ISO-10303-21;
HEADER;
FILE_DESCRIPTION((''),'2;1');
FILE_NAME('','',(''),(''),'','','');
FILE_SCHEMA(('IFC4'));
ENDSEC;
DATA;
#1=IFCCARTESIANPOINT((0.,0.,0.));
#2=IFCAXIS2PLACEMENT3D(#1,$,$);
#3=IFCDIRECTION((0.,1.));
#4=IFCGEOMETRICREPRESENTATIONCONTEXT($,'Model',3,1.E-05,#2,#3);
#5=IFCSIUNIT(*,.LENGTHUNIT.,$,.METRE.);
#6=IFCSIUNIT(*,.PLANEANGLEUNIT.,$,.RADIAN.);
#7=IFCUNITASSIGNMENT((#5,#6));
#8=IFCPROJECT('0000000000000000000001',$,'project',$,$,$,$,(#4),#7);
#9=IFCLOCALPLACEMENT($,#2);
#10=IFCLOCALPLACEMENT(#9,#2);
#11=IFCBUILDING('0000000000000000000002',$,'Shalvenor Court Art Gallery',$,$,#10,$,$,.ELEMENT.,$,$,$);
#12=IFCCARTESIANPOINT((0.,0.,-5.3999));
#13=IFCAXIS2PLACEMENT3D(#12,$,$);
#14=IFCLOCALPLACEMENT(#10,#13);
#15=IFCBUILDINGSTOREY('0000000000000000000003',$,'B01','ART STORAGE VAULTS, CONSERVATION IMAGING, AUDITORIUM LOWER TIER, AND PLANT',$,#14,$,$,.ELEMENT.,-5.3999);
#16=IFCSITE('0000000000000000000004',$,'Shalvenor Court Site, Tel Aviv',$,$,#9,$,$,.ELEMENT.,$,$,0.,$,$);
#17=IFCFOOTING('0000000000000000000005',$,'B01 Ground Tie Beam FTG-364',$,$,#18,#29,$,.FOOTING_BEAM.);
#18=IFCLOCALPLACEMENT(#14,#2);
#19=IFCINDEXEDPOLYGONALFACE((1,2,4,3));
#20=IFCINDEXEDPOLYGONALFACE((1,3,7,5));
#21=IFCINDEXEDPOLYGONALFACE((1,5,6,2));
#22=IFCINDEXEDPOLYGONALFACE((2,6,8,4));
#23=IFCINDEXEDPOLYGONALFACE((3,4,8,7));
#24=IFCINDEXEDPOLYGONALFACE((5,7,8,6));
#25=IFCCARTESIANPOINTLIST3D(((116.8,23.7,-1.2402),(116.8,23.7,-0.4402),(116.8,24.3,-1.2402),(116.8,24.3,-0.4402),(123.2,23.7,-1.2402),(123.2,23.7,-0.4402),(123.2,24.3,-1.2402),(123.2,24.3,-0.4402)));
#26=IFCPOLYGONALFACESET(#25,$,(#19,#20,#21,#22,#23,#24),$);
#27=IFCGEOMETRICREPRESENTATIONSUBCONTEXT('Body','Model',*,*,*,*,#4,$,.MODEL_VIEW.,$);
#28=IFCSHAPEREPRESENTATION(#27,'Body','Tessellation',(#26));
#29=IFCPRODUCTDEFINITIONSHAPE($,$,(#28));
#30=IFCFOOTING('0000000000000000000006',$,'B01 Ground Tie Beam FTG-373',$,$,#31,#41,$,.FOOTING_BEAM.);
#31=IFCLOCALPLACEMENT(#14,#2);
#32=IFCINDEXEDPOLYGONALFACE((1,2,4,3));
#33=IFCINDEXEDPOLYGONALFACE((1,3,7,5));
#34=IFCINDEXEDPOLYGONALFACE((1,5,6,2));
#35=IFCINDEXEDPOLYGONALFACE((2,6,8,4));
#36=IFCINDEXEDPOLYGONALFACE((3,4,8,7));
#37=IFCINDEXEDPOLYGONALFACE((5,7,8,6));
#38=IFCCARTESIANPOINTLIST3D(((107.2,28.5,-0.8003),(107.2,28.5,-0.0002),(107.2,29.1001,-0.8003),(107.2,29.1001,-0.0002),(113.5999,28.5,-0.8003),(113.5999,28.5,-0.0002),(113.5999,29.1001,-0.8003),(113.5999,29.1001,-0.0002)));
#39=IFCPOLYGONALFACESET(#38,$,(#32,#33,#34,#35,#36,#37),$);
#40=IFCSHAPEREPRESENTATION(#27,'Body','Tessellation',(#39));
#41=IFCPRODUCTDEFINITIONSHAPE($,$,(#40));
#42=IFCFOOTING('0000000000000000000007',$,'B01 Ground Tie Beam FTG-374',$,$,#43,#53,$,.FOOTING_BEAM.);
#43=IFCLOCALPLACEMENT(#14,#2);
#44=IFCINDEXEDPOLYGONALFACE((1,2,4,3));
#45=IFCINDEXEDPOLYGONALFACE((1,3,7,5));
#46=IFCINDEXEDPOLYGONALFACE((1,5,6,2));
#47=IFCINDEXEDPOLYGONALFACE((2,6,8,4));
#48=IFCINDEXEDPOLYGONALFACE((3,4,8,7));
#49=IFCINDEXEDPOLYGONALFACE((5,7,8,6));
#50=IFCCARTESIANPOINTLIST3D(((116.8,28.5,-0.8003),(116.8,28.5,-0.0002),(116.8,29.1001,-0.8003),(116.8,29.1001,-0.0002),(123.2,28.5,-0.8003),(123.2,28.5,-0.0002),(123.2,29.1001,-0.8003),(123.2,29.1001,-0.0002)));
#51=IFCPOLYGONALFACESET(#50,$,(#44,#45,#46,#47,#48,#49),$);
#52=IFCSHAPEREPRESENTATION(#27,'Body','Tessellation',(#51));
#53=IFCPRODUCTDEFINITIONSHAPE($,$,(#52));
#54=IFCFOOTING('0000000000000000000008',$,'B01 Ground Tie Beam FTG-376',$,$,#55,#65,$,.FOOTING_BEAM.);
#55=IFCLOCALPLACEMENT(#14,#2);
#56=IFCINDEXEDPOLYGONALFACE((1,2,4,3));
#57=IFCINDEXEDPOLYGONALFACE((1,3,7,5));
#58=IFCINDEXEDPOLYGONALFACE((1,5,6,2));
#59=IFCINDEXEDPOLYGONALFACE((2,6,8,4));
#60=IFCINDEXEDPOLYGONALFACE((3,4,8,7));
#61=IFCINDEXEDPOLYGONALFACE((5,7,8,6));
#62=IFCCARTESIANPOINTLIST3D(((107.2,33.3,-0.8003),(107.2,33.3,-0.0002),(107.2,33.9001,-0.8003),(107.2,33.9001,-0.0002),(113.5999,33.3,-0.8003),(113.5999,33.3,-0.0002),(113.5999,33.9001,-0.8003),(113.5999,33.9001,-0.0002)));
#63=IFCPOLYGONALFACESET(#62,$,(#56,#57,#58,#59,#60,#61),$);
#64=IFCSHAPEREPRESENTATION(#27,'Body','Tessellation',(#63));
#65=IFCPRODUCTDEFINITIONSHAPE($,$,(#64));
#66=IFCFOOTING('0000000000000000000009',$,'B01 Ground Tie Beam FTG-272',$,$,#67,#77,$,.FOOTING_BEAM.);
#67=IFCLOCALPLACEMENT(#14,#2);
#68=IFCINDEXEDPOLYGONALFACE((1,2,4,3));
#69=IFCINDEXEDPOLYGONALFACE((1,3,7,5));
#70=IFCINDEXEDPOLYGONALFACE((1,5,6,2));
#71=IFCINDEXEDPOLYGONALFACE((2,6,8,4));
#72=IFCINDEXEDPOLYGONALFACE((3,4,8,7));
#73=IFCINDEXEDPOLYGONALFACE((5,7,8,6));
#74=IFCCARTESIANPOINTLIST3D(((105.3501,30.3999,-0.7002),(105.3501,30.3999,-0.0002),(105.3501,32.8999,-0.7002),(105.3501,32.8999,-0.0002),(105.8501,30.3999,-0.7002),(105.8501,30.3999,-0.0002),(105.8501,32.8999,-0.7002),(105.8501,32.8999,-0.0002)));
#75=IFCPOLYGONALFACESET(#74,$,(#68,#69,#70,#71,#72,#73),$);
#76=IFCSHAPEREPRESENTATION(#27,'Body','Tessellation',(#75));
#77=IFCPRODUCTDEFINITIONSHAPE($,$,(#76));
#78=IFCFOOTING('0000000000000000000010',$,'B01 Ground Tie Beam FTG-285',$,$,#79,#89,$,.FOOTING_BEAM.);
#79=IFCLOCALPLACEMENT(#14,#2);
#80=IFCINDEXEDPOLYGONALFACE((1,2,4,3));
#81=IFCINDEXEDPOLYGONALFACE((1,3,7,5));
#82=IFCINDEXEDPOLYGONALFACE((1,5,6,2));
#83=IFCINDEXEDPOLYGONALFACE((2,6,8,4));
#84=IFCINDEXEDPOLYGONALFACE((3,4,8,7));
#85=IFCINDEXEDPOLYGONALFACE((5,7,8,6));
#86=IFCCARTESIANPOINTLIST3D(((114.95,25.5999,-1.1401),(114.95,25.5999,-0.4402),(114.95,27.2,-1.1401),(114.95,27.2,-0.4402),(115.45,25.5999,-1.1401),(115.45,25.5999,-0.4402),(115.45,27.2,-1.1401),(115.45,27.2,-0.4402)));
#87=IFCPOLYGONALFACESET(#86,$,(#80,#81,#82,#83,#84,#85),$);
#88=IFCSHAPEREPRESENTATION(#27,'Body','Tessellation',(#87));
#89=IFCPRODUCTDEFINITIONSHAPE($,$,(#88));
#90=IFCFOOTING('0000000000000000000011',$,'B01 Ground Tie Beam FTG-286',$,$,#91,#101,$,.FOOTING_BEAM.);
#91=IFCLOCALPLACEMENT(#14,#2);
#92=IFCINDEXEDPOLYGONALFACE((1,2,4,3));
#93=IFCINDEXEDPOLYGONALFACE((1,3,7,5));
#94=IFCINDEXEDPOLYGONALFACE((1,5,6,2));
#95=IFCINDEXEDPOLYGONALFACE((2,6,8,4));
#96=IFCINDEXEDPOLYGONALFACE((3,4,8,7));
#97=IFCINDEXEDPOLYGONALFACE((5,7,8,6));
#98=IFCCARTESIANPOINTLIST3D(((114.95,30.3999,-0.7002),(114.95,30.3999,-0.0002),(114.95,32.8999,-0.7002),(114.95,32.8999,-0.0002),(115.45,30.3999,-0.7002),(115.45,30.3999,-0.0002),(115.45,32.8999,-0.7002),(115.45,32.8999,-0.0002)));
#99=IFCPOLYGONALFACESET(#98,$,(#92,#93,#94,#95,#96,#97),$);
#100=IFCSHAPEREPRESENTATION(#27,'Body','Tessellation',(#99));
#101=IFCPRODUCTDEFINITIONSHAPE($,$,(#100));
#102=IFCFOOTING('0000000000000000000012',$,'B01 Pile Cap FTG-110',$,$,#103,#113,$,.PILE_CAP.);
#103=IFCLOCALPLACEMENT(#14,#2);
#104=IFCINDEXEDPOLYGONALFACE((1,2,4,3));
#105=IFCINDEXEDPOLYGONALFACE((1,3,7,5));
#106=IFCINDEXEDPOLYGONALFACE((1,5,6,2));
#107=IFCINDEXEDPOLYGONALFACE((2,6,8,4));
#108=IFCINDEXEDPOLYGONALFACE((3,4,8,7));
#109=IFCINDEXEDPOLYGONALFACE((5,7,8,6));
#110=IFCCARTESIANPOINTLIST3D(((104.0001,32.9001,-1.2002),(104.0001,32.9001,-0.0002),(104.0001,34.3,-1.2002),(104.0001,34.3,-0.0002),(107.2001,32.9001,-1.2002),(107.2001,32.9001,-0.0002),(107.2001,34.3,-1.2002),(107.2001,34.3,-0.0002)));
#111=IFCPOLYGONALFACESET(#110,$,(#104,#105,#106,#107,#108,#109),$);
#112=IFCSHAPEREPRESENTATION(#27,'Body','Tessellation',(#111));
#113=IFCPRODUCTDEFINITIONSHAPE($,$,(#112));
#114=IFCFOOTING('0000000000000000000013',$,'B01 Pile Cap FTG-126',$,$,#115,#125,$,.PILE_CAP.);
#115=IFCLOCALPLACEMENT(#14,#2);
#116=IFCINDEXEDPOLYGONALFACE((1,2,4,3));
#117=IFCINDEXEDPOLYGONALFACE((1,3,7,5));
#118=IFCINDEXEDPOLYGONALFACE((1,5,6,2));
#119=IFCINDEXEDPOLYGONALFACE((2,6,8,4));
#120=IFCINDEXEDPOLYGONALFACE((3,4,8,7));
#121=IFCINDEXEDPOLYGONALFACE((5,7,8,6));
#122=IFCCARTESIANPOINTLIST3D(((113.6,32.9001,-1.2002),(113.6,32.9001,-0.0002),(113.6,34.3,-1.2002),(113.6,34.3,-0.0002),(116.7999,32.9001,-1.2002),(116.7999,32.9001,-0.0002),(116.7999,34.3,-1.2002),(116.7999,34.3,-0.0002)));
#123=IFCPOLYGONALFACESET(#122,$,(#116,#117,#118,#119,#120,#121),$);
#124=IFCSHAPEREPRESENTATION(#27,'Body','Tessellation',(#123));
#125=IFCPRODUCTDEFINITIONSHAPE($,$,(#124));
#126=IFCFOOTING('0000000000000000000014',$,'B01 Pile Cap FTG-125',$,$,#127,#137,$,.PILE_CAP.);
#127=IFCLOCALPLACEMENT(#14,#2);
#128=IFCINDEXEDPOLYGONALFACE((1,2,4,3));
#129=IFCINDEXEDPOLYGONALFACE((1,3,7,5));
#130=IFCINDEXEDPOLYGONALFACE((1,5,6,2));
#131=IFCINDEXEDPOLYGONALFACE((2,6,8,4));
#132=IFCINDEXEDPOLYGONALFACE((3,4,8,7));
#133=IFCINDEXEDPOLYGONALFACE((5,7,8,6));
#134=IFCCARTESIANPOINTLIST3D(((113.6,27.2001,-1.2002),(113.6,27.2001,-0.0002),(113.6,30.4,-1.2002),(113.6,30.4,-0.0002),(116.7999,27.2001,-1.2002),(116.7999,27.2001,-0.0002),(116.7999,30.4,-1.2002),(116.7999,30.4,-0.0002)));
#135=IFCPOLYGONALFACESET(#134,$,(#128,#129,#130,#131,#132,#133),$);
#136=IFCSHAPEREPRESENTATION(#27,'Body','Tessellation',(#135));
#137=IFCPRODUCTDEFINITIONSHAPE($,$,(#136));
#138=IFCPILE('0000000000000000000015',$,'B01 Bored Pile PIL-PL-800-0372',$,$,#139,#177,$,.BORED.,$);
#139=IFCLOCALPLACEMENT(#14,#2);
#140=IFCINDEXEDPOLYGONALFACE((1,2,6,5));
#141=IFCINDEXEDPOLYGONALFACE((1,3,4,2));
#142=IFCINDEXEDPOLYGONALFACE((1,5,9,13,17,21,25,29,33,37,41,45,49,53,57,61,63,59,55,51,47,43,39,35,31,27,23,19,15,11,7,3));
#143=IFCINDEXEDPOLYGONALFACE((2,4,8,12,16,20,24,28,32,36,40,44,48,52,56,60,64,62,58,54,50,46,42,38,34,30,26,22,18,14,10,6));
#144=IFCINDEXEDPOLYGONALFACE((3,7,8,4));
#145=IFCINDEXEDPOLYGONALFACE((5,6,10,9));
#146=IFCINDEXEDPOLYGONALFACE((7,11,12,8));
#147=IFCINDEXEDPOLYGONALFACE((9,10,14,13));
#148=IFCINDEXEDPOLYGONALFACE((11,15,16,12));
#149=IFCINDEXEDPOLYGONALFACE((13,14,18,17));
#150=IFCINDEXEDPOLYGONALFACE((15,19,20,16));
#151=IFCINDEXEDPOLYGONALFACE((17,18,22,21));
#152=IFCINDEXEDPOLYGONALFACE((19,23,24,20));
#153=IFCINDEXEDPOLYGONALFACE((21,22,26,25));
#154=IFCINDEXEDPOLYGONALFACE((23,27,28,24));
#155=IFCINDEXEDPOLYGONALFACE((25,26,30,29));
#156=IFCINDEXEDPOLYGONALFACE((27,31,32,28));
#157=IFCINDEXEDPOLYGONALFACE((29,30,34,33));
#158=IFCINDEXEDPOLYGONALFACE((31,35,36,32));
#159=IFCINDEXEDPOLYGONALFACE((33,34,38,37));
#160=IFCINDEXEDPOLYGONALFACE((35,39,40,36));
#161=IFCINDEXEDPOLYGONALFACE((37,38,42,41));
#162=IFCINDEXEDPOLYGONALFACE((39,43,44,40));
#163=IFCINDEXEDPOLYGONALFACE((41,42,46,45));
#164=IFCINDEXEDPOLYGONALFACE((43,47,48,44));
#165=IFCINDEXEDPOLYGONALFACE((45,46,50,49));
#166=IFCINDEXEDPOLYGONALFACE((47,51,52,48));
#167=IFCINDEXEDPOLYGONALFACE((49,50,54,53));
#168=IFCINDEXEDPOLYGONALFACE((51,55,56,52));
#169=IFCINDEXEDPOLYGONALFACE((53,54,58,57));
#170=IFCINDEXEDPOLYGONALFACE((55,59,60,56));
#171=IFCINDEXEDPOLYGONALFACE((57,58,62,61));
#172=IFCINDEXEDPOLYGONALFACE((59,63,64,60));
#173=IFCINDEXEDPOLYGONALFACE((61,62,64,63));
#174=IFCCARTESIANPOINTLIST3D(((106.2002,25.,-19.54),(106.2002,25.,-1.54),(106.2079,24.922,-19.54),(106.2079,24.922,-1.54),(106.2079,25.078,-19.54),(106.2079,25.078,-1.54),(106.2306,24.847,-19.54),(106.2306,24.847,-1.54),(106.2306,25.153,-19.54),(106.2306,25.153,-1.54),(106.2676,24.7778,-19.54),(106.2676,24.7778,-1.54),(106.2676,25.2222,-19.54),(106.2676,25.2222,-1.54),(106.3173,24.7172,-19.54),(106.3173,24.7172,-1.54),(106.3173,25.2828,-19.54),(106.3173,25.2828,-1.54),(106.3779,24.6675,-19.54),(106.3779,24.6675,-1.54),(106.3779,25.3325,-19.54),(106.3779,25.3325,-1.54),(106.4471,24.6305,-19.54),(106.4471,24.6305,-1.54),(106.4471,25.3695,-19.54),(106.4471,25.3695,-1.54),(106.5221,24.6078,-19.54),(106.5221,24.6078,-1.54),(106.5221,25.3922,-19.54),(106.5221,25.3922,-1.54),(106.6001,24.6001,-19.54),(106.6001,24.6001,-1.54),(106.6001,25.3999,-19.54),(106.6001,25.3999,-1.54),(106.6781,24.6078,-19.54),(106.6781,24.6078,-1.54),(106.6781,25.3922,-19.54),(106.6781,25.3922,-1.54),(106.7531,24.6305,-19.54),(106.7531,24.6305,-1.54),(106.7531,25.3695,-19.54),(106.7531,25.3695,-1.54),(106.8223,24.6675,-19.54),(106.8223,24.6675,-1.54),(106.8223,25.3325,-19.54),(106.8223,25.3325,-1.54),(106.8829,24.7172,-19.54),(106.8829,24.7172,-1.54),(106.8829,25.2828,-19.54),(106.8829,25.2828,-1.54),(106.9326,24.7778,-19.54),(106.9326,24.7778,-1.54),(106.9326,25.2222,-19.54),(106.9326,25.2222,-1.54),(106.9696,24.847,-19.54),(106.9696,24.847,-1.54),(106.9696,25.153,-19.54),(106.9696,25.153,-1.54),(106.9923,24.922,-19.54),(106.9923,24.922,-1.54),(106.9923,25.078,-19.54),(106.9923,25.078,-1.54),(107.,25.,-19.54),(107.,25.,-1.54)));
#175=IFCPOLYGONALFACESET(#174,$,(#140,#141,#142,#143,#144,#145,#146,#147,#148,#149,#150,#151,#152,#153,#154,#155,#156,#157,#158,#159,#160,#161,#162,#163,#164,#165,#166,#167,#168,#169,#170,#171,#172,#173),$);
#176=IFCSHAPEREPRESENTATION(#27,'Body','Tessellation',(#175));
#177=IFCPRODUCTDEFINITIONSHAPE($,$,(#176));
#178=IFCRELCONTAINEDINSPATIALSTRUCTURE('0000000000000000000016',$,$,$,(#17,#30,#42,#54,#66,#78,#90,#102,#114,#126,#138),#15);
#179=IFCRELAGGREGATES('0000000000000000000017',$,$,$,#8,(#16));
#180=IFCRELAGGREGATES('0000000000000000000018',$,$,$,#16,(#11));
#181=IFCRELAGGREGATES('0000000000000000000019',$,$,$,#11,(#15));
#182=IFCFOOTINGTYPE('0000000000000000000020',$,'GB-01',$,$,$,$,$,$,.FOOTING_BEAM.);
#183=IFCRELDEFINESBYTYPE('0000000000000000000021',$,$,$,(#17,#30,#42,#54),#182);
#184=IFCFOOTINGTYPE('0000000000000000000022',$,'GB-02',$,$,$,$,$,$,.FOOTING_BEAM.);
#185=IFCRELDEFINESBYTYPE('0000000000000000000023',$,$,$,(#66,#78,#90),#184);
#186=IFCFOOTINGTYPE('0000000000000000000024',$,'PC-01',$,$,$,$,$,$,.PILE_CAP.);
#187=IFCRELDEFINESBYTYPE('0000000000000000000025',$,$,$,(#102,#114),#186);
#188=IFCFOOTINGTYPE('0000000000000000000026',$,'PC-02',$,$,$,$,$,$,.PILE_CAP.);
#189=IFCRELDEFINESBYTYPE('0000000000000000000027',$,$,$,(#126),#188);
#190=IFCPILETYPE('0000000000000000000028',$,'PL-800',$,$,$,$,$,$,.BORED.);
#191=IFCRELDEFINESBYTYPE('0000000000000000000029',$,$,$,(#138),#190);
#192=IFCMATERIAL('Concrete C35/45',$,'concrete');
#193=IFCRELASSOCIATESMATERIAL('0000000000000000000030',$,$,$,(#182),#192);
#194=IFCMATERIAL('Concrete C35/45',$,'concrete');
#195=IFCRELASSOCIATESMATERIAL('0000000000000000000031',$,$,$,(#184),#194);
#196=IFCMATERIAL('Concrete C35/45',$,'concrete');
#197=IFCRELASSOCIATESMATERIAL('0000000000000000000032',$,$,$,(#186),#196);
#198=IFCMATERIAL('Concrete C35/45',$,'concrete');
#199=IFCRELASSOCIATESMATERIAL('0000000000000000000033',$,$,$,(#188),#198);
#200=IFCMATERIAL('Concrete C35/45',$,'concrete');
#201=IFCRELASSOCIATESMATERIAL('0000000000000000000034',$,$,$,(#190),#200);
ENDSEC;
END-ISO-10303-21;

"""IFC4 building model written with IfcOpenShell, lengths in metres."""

from ifc_helpers import new_model, si_unit, direction, frame, origin, origin_2d, place, context, subcontext, project, spatial, rectangle, circle, extrude, material, material_profile, profile_set, type_object, element, save


model = new_model("IFC4")

# Units and contexts
model_context = context("Model", 3, precision=1e-05, world=origin(), true_north=direction((0.0, 1.0)))
body_context = subcontext(model_context, "Body", "Model", "MODEL_VIEW")
ifc_project = project(units=[si_unit("LENGTHUNIT", "METRE"), si_unit("PLANEANGLEUNIT", "RADIAN")], contexts=[model_context])

# Site, building, storey
site_placement = place(None, origin())
site = spatial("IfcSite", under=ifc_project, at=site_placement, Name="Shalvenor Court Site, Tel Aviv", CompositionType="ELEMENT", RefElevation=0.0)
building_placement = place(site_placement, origin())
building = spatial("IfcBuilding", under=site, at=building_placement, Name="Shalvenor Court Art Gallery", CompositionType="ELEMENT")
storey_placement = place(building_placement, frame((0.0, 0.0, -5.3999)))
storey = spatial("IfcBuildingStorey", under=building, at=storey_placement, Name="B01", Description="ART STORAGE VAULTS, CONSERVATION IMAGING, AUDITORIUM LOWER TIER, AND PLANT", CompositionType="ELEMENT", Elevation=-5.3999)

# Footings
ifc_material_1 = material(Name="Concrete C35/45", Category="concrete")
footing_type_1 = type_object("IfcFootingType", Name="GB-01", PredefinedType="FOOTING_BEAM", material=ifc_material_1)
for number, where, z_axis, x_axis, name in (
    (1, (120.0, 24.0, -1.2402), (0.0, 0.0, 1.0), (1.0, 0.0, 0.0), "B01 Ground Tie Beam FTG-364"),
    (2, (110.3999, 28.8, -0.8003), (0.0, 0.0, 1.0), (1.0, 0.0, 0.0), "B01 Ground Tie Beam FTG-373"),
    (3, (120.0, 28.8, -0.8003), (0.0, 0.0, 1.0), (1.0, 0.0, 0.0), "B01 Ground Tie Beam FTG-374"),
    (4, (110.3999, 33.6001, -0.8003), (0.0, 0.0, 1.0), (1.0, 0.0, 0.0), "B01 Ground Tie Beam FTG-376"),
):
    element("IfcFooting", number, at=place(storey_placement, frame(where, z_axis=z_axis, x_axis=x_axis)), inside=storey, type_object=footing_type_1, Name=name, PredefinedType="FOOTING_BEAM", context=body_context, shape_type="SweptSolid", body=[
        extrude(rectangle(XDim=6.3999, YDim=0.6001, at=origin_2d()), origin(), (0.0, 0.0, 1.0), 0.8),
    ])
ifc_material_2 = material(Name="Concrete C35/45", Category="concrete")
footing_type_2 = type_object("IfcFootingType", Name="GB-02", PredefinedType="FOOTING_BEAM", material=ifc_material_2)
footing_1_placement = place(storey_placement, frame((105.6001, 31.6499, -0.7002), z_axis=(0.0, 0.0, 1.0), x_axis=(0.0, 1.0, 0.0)))
element("IfcFooting", 5, at=footing_1_placement, inside=storey, type_object=footing_type_2, Name="B01 Ground Tie Beam FTG-272", PredefinedType="FOOTING_BEAM", context=body_context, shape_type="SweptSolid", body=[
    extrude(rectangle(XDim=2.5, YDim=0.5, at=origin_2d()), origin(), (0.0, 0.0, 1.0), 0.7),
])
footing_2_placement = place(storey_placement, frame((115.2, 26.3999, -1.1401), z_axis=(0.0, 0.0, 1.0), x_axis=(0.0, 1.0, 0.0)))
element("IfcFooting", 6, at=footing_2_placement, inside=storey, type_object=footing_type_2, Name="B01 Ground Tie Beam FTG-285", PredefinedType="FOOTING_BEAM", context=body_context, shape_type="SweptSolid", body=[
    extrude(rectangle(XDim=1.6001, YDim=0.5, at=origin_2d()), origin(), (0.0, 0.0, 1.0), 0.7),
])
footing_3_placement = place(storey_placement, frame((115.2, 31.6499, -0.7002), z_axis=(0.0, 0.0, 1.0), x_axis=(0.0, 1.0, 0.0)))
element("IfcFooting", 7, at=footing_3_placement, inside=storey, type_object=footing_type_2, Name="B01 Ground Tie Beam FTG-286", PredefinedType="FOOTING_BEAM", context=body_context, shape_type="SweptSolid", body=[
    extrude(rectangle(XDim=2.5, YDim=0.5, at=origin_2d()), origin(), (0.0, 0.0, 1.0), 0.7),
])
ifc_material_3 = material(Name="Concrete C35/45", Category="concrete")
footing_type_3 = type_object("IfcFootingType", Name="PC-01", PredefinedType="PILE_CAP", material=ifc_material_3)
for number, where, z_axis, x_axis, name in (
    (8, (105.6001, 33.6001, -1.2002), (0.0, 0.0, 1.0), (1.0, 0.0, 0.0), "B01 Pile Cap FTG-110"),
    (9, (115.2, 33.6001, -1.2002), (0.0, 0.0, 1.0), (1.0, 0.0, 0.0), "B01 Pile Cap FTG-126"),
):
    element("IfcFooting", number, at=place(storey_placement, frame(where, z_axis=z_axis, x_axis=x_axis)), inside=storey, type_object=footing_type_3, Name=name, PredefinedType="PILE_CAP", context=body_context, shape_type="SweptSolid", body=[
        extrude(rectangle(XDim=3.2, YDim=1.3999, at=origin_2d()), origin(), (0.0, 0.0, 1.0), 1.2),
    ])
ifc_material_4 = material(Name="Concrete C35/45", Category="concrete")
footing_type_4 = type_object("IfcFootingType", Name="PC-02", PredefinedType="PILE_CAP", material=ifc_material_4)
footing_4_placement = place(storey_placement, frame((115.2, 28.8, -1.2002), z_axis=(0.0, 0.0, 1.0), x_axis=(1.0, 0.0, 0.0)))
element("IfcFooting", 10, at=footing_4_placement, inside=storey, type_object=footing_type_4, Name="B01 Pile Cap FTG-125", PredefinedType="PILE_CAP", context=body_context, shape_type="SweptSolid", body=[
    extrude(rectangle(XDim=3.2, YDim=3.2, at=origin_2d()), origin(), (0.0, 0.0, 1.0), 1.2),
])

# Pile
ifc_material_5 = material(Name="Concrete C35/45", Category="concrete")
ifc_material_profile_1 = material_profile(ifc_material_5, circle(Radius=0.3999, at=origin_2d()), Name="PILE 800")
ifc_profile_set_1 = profile_set([ifc_material_profile_1], Name="Concrete C35/45")
pile_type = type_object("IfcPileType", Name="PL-800", PredefinedType="BORED", material=ifc_profile_set_1)
for number, where, z_axis, x_axis, name in (
    (11, (106.6001, 25.0, -1.54), (0.0, 0.0, -1.0), (1.0, 0.0, 0.0), "B01 Bored Pile PIL-PL-800-0372"),
):
    element("IfcPile", number, at=place(storey_placement, frame(where, z_axis=z_axis, x_axis=x_axis)), inside=storey, type_object=pile_type, Name=name, PredefinedType="BORED", context=body_context, shape_type="SweptSolid", body=[
        extrude(circle(Radius=0.3999, at=origin_2d()), origin(), (0.0, 0.0, 1.0), 18.0),
    ])

save(model, "model.ifc")
